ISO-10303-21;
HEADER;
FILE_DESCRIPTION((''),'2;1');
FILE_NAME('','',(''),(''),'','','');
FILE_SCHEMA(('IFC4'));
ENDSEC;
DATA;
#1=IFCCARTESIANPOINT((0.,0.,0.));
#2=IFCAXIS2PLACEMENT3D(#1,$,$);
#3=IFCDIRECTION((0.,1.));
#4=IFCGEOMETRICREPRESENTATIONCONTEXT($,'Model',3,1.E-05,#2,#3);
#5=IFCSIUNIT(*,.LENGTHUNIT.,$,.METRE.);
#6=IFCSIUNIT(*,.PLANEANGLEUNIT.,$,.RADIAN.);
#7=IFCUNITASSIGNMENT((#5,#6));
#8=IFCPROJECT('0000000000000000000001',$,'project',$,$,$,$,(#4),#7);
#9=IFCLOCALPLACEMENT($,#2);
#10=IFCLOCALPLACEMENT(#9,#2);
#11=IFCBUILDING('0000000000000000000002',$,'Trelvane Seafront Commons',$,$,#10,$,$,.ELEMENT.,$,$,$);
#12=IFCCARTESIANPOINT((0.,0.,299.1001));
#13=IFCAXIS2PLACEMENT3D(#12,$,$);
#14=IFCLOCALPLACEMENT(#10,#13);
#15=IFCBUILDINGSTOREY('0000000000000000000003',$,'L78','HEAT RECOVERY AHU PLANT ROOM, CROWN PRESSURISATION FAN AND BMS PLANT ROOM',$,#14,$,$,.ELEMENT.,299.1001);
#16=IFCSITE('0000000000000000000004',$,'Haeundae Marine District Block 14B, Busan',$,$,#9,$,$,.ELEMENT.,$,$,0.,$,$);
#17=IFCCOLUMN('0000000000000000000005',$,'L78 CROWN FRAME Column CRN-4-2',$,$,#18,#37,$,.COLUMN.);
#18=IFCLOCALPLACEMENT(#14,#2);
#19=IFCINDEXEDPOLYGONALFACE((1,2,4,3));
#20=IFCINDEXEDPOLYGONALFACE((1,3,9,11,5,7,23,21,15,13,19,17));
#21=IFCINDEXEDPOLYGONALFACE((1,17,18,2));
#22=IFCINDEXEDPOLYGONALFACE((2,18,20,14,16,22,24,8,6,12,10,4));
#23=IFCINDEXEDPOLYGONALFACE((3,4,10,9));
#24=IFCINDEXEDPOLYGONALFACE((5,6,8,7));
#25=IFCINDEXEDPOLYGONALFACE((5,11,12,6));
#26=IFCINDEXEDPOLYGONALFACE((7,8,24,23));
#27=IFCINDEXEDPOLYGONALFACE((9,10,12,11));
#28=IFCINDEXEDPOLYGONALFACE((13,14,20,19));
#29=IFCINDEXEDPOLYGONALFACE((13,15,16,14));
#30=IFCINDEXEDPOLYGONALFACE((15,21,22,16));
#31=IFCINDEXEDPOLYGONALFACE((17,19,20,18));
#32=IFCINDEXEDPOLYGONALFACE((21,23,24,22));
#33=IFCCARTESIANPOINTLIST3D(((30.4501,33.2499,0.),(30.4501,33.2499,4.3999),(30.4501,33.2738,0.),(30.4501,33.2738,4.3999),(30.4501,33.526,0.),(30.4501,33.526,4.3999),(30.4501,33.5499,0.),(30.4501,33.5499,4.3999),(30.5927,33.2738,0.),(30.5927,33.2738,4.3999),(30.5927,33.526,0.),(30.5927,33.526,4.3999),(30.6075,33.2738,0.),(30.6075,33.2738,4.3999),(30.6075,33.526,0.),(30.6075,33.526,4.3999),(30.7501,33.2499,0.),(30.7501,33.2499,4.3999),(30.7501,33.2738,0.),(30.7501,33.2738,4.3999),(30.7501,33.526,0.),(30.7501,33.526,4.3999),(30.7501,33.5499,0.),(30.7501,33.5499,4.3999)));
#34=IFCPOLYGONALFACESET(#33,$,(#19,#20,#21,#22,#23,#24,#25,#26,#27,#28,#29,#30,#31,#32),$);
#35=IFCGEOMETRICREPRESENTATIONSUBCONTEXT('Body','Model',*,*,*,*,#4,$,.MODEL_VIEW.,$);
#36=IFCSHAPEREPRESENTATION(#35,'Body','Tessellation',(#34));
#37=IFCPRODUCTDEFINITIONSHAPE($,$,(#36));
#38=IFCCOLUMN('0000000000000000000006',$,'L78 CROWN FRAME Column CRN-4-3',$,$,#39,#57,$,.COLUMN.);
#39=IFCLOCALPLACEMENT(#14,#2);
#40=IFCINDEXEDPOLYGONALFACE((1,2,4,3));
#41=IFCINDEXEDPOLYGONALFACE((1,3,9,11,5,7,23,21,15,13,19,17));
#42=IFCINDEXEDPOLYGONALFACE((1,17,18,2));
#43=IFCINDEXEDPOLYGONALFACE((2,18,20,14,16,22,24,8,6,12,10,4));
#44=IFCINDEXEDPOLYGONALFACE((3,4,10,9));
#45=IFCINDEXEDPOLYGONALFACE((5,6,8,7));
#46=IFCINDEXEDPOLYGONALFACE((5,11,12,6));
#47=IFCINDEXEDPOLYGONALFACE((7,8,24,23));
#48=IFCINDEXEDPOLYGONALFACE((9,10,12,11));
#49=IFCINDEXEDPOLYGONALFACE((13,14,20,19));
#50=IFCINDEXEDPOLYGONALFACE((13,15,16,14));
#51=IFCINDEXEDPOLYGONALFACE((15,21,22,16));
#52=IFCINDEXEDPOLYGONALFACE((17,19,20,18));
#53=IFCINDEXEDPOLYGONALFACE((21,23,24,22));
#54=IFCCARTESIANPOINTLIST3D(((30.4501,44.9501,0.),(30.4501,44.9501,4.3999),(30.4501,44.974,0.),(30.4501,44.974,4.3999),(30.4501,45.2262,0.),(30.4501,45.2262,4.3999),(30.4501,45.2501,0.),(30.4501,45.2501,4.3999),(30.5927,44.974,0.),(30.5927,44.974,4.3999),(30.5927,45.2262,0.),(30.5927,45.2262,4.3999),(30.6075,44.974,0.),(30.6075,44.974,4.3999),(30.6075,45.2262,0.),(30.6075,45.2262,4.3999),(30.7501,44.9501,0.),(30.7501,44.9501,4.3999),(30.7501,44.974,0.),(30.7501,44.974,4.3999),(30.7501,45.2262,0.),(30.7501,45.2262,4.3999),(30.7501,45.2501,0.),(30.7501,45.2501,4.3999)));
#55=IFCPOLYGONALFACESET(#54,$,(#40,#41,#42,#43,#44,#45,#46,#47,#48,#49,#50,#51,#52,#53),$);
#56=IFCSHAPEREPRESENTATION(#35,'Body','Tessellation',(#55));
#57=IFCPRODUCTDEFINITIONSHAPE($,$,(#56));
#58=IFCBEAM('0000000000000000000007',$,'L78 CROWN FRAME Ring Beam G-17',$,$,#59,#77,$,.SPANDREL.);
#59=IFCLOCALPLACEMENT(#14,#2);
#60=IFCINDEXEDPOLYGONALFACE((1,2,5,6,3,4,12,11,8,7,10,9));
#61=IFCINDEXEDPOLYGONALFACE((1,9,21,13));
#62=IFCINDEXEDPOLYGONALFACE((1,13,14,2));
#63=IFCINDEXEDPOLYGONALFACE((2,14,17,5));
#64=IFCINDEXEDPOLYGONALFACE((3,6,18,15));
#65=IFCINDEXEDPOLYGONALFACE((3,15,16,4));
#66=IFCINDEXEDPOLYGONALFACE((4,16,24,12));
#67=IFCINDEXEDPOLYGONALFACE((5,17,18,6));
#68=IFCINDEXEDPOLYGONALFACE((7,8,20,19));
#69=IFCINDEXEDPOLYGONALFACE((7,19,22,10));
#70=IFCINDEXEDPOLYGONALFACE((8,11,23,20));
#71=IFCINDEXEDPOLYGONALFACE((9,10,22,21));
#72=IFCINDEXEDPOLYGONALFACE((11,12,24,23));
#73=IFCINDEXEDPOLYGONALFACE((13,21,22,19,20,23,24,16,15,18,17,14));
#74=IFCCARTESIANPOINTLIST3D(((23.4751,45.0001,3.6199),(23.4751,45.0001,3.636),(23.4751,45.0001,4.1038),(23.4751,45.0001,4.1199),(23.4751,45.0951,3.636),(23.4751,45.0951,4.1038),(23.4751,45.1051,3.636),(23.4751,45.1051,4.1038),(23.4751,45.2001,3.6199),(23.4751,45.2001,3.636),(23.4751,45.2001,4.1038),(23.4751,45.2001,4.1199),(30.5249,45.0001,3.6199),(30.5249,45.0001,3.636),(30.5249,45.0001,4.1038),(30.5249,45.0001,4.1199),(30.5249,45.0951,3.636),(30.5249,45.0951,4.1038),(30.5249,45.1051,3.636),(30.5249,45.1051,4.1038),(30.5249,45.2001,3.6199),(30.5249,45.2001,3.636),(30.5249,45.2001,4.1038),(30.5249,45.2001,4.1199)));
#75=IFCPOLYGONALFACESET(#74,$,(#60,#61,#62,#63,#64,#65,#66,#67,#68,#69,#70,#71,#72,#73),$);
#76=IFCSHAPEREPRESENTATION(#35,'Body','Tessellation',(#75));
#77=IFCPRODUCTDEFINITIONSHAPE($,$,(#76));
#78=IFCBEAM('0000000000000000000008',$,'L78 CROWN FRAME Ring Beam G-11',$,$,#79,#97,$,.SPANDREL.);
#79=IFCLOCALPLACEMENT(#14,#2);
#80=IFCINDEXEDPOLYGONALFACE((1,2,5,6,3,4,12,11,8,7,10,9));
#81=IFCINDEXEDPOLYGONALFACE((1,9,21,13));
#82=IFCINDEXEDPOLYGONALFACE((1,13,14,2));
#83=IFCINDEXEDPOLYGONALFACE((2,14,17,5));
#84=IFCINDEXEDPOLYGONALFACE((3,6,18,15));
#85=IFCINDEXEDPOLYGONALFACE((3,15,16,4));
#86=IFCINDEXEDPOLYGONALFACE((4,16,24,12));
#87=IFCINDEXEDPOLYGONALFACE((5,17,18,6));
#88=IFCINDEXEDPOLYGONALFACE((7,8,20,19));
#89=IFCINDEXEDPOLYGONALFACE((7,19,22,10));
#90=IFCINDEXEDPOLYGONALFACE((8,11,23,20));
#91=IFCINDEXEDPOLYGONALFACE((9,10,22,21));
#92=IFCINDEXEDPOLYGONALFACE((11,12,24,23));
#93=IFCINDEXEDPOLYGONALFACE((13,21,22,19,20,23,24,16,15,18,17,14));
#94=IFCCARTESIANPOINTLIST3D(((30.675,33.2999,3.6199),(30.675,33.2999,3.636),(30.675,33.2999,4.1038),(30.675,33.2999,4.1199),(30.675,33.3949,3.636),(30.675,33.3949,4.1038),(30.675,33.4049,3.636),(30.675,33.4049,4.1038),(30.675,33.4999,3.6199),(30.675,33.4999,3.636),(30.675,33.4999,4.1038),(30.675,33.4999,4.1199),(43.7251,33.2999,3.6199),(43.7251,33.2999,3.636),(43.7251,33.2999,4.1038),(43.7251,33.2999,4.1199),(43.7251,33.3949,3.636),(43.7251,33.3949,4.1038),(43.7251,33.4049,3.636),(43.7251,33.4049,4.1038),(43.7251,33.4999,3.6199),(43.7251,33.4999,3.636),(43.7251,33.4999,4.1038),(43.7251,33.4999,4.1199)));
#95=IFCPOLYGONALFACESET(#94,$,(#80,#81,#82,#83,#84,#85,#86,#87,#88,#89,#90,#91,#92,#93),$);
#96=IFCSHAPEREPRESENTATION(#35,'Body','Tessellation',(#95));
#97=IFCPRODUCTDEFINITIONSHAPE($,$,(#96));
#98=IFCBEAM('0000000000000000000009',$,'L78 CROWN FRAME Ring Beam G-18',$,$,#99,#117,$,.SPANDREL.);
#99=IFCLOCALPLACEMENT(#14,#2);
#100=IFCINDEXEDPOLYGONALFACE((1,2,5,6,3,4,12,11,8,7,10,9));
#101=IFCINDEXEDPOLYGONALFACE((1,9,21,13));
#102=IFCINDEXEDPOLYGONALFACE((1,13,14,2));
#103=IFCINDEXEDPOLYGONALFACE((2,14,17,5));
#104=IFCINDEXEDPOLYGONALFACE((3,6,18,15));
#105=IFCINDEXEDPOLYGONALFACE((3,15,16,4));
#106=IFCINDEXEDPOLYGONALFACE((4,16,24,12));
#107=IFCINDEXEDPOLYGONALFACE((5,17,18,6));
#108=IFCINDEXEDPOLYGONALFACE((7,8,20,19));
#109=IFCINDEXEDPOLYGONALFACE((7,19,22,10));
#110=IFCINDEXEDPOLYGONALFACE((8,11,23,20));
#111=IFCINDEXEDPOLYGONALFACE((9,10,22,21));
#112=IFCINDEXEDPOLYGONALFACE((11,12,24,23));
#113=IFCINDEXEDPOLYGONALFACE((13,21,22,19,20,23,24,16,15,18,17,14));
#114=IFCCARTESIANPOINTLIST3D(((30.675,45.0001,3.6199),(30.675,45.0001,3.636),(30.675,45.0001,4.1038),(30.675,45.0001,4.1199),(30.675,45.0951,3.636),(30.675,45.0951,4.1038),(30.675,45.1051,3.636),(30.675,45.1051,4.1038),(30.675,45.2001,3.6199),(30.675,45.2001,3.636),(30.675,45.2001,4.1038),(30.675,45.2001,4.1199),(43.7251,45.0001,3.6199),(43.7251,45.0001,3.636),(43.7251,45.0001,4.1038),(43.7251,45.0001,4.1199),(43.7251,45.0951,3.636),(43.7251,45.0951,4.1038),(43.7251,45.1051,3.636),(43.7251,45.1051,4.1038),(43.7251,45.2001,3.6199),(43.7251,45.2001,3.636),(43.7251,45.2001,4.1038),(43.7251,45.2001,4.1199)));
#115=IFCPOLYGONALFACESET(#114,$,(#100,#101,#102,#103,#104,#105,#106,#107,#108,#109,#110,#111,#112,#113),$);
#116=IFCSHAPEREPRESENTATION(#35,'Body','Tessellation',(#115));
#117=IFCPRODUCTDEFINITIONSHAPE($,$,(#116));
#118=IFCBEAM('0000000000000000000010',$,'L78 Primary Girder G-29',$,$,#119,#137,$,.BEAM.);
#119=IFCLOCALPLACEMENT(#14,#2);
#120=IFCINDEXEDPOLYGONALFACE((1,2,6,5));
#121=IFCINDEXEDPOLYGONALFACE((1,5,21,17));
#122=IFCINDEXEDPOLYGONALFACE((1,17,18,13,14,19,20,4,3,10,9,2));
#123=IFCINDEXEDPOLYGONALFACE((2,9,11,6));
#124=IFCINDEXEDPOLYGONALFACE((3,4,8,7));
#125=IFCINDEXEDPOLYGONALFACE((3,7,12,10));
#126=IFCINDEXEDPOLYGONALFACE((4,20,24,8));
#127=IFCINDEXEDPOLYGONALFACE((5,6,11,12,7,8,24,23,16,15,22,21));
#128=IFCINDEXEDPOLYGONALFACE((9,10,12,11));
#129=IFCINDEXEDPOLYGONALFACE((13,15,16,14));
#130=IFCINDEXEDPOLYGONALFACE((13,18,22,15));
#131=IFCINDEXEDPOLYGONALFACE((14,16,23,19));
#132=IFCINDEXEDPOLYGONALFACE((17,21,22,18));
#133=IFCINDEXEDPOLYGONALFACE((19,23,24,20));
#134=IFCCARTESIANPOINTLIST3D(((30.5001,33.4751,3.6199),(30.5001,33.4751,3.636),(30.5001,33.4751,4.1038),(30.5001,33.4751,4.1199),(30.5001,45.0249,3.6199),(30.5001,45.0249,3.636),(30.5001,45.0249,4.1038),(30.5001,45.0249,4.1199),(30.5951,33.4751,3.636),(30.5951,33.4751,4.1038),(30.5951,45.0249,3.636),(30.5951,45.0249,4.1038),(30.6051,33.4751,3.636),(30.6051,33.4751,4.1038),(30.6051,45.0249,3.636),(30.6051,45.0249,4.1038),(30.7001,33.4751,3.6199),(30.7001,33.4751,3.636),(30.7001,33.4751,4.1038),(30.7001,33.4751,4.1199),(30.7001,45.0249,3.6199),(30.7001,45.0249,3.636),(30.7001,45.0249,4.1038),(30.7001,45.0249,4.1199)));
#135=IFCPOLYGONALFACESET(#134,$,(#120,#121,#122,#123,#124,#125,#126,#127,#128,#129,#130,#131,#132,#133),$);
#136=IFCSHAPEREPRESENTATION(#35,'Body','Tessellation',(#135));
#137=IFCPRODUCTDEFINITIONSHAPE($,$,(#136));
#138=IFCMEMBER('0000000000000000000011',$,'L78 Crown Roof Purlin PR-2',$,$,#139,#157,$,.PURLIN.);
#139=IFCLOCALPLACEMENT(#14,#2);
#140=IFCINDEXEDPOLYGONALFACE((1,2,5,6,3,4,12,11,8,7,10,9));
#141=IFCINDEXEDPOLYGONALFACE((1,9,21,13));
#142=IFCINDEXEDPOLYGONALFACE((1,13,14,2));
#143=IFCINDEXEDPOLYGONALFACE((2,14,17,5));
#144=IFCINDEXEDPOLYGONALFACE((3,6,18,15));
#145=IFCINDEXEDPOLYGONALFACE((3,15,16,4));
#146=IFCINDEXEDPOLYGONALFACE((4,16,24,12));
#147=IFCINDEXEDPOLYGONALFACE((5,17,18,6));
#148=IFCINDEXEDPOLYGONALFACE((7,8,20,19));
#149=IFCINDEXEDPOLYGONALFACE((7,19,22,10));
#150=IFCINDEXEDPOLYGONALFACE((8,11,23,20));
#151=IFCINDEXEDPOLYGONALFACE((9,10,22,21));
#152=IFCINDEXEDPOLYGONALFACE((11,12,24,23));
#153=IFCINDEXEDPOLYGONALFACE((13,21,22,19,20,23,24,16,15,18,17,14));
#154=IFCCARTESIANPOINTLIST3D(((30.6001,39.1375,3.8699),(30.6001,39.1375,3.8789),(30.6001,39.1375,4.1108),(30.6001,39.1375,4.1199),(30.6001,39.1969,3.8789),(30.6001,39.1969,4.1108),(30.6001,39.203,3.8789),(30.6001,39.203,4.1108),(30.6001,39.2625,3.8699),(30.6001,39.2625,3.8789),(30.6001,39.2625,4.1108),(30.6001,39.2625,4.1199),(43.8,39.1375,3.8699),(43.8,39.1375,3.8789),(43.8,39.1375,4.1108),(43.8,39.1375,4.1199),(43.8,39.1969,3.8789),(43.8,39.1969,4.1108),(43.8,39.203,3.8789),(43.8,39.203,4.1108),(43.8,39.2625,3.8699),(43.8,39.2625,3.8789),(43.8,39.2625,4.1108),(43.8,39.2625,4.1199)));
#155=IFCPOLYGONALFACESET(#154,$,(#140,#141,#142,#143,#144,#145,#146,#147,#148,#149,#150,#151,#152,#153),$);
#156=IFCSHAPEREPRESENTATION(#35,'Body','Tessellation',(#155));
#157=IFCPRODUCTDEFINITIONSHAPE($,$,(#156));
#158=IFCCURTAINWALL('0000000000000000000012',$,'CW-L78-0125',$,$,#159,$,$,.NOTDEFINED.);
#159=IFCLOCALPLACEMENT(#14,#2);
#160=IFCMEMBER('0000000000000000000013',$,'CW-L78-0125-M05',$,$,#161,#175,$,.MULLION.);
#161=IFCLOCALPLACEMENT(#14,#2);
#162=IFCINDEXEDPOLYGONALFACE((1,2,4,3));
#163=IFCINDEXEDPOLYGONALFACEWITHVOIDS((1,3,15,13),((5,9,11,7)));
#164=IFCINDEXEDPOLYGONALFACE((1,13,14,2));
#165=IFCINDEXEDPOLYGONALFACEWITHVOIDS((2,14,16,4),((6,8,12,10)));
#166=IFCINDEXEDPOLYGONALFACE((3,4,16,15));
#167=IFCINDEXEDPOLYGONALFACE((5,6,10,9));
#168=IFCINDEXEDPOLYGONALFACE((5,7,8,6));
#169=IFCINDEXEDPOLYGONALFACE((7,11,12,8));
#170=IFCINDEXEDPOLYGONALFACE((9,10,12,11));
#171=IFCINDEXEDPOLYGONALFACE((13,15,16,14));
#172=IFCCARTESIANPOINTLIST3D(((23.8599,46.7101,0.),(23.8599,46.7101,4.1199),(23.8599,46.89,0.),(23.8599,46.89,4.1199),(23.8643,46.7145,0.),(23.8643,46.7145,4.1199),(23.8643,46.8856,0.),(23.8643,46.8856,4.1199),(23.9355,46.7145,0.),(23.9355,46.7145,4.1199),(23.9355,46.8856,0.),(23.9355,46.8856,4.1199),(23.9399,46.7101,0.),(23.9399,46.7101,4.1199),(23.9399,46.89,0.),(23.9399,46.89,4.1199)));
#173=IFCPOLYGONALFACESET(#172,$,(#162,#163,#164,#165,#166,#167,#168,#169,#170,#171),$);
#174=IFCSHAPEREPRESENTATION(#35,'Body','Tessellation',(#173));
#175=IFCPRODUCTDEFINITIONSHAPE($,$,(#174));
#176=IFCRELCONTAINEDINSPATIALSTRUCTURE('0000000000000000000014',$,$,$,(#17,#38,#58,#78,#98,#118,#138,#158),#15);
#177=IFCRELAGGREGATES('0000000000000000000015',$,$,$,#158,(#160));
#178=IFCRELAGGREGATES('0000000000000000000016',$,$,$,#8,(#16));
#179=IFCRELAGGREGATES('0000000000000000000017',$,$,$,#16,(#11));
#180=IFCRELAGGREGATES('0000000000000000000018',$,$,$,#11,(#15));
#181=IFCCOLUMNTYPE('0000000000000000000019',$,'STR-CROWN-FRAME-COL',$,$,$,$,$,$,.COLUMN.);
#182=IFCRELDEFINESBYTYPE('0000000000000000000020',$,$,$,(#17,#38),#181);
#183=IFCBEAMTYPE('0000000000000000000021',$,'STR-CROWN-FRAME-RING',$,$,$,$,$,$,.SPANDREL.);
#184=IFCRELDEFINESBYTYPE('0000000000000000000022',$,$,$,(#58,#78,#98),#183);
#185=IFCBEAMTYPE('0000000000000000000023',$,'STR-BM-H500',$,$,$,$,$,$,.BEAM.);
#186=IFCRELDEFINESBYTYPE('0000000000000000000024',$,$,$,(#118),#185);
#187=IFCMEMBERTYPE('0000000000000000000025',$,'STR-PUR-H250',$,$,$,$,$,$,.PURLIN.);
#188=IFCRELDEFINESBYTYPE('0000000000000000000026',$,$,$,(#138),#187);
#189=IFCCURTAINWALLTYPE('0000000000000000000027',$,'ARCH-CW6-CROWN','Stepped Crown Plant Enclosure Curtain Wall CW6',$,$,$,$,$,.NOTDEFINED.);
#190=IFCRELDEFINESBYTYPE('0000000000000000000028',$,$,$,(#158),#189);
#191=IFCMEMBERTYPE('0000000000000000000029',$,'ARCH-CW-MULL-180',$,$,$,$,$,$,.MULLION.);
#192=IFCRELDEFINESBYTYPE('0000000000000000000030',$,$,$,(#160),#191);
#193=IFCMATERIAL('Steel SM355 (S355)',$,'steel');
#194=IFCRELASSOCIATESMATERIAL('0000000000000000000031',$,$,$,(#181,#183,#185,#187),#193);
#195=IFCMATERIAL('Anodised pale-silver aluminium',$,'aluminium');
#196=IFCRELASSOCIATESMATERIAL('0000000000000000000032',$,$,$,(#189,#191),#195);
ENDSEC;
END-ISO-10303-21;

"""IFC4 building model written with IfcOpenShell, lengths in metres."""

from ifc_helpers import new_model, si_unit, direction, frame, origin, origin_2d, place, context, subcontext, project, spatial, hollow_rectangle, i_section, extrude, source, transform, mapped, material, material_profile, profile_set, type_object, element, aggregate, save


model = new_model("IFC4")

# Units and contexts
model_context = context("Model", 3, precision=1e-05, world=origin(), true_north=direction((0.0, 1.0)))
body_context = subcontext(model_context, "Body", "Model", "MODEL_VIEW")
ifc_project = project(units=[si_unit("LENGTHUNIT", "METRE"), si_unit("PLANEANGLEUNIT", "RADIAN")], contexts=[model_context])

# Site, building, storey
site_placement = place(None, origin())
site = spatial("IfcSite", under=ifc_project, at=site_placement, Name="Haeundae Marine District Block 14B, Busan", CompositionType="ELEMENT", RefElevation=0.0)
building_placement = place(site_placement, origin())
building = spatial("IfcBuilding", under=site, at=building_placement, Name="Trelvane Seafront Commons", CompositionType="ELEMENT")
storey_placement = place(building_placement, frame((0.0, 0.0, 299.1001)))
storey = spatial("IfcBuildingStorey", under=building, at=storey_placement, Name="L78", Description="HEAT RECOVERY AHU PLANT ROOM, CROWN PRESSURISATION FAN AND BMS PLANT ROOM", CompositionType="ELEMENT", Elevation=299.1001)

# Columns
ifc_material_1 = material(Name="Steel SM355 (S355)", Category="steel")
ifc_material_profile_1 = material_profile(ifc_material_1, i_section(OverallWidth=0.3, OverallDepth=0.3, WebThickness=0.0149, FlangeThickness=0.0239, at=origin_2d()), Name="HD-300x300x15x24")
ifc_profile_set_1 = profile_set([ifc_material_profile_1], Name="Steel SM355 (S355)")
column_type = type_object("IfcColumnType", Name="STR-CROWN-FRAME-COL", PredefinedType="COLUMN", material=ifc_profile_set_1)
shared_shape_1 = source(origin(), body_context, "Body", "SweptSolid", [
    extrude(i_section(OverallWidth=0.3, OverallDepth=0.3, WebThickness=0.0149, FlangeThickness=0.0239, at=origin_2d()), origin(), (0.0, 0.0, 1.0), 4.3999),
])
for number, where, z_axis, x_axis, name in (
    (1, (30.6001, 33.3999, 0.0), (0.0, 0.0, 1.0), (1.0, 0.0, 0.0), "L78 CROWN FRAME Column CRN-4-2"),
    (2, (30.6001, 45.1001, 0.0), (0.0, 0.0, 1.0), (1.0, 0.0, 0.0), "L78 CROWN FRAME Column CRN-4-3"),
):
    element("IfcColumn", number, at=place(storey_placement, frame(where, z_axis=z_axis, x_axis=x_axis)), inside=storey, type_object=column_type, Name=name, PredefinedType="COLUMN", context=body_context, shape_type="MappedRepresentation", body=[
        mapped(shared_shape_1, transform((0.0, 0.0, 0.0), x_axis=(1.0, 0.0, 0.0), y_axis=(0.0, 1.0, 0.0), z_axis=(0.0, 0.0, 1.0), scale=1.0)),
    ])

# Beams
ifc_material_profile_2 = material_profile(ifc_material_1, i_section(OverallWidth=0.2, OverallDepth=0.5, WebThickness=0.01, FlangeThickness=0.0161, at=origin_2d()), Name="H-500x200x10x16")
ifc_profile_set_2 = profile_set([ifc_material_profile_2], Name="Steel SM355 (S355)")
beam_type_1 = type_object("IfcBeamType", Name="STR-CROWN-FRAME-RING", PredefinedType="SPANDREL", material=ifc_profile_set_2)
shared_shape_2 = source(origin(), body_context, "Body", "SweptSolid", [
    extrude(i_section(OverallWidth=0.2, OverallDepth=0.5, WebThickness=0.01, FlangeThickness=0.0161, at=origin_2d()), origin(), (0.0, 0.0, 1.0), 7.0498),
])
beam_1_placement = place(storey_placement, frame((23.4751, 45.1001, 3.8699), z_axis=(1.0, 0.0, 0.0), x_axis=(0.0, 1.0, 0.0)))
element("IfcBeam", 3, at=beam_1_placement, inside=storey, type_object=beam_type_1, Name="L78 CROWN FRAME Ring Beam G-17", PredefinedType="SPANDREL", context=body_context, shape_type="MappedRepresentation", body=[
    mapped(shared_shape_2, transform((0.0, 0.0, 0.0), x_axis=(1.0, 0.0, 0.0), y_axis=(0.0, 1.0, 0.0), z_axis=(0.0, 0.0, 1.0), scale=1.0)),
])
shared_shape_3 = source(origin(), body_context, "Body", "SweptSolid", [
    extrude(i_section(OverallWidth=0.2, OverallDepth=0.5, WebThickness=0.01, FlangeThickness=0.0161, at=origin_2d()), origin(), (0.0, 0.0, 1.0), 13.05),
])
for number, where, z_axis, x_axis, name in (
    (4, (30.675, 33.3999, 3.8699), (1.0, 0.0, 0.0), (0.0, 1.0, 0.0), "L78 CROWN FRAME Ring Beam G-11"),
    (5, (30.675, 45.1001, 3.8699), (1.0, 0.0, 0.0), (0.0, 1.0, 0.0), "L78 CROWN FRAME Ring Beam G-18"),
):
    element("IfcBeam", number, at=place(storey_placement, frame(where, z_axis=z_axis, x_axis=x_axis)), inside=storey, type_object=beam_type_1, Name=name, PredefinedType="SPANDREL", context=body_context, shape_type="MappedRepresentation", body=[
        mapped(shared_shape_3, transform((0.0, 0.0, 0.0), x_axis=(1.0, 0.0, 0.0), y_axis=(0.0, 1.0, 0.0), z_axis=(0.0, 0.0, 1.0), scale=1.0)),
    ])
ifc_material_profile_3 = material_profile(ifc_material_1, i_section(OverallWidth=0.2, OverallDepth=0.5, WebThickness=0.01, FlangeThickness=0.0161, at=origin_2d()), Name="H-500x200x10x16")
ifc_profile_set_3 = profile_set([ifc_material_profile_3], Name="Steel SM355 (S355)")
beam_type_2 = type_object("IfcBeamType", Name="STR-BM-H500", PredefinedType="BEAM", material=ifc_profile_set_3)
shared_shape_4 = source(origin(), body_context, "Body", "SweptSolid", [
    extrude(i_section(OverallWidth=0.2, OverallDepth=0.5, WebThickness=0.01, FlangeThickness=0.0161, at=origin_2d()), origin(), (0.0, 0.0, 1.0), 11.5498),
])
beam_2_placement = place(storey_placement, frame((30.6001, 33.4751, 3.8699), z_axis=(0.0, 1.0, 0.0), x_axis=(-1.0, 0.0, 0.0)))
element("IfcBeam", 6, at=beam_2_placement, inside=storey, type_object=beam_type_2, Name="L78 Primary Girder G-29", PredefinedType="BEAM", context=body_context, shape_type="MappedRepresentation", body=[
    mapped(shared_shape_4, transform((0.0, 0.0, 0.0), x_axis=(1.0, 0.0, 0.0), y_axis=(0.0, 1.0, 0.0), z_axis=(0.0, 0.0, 1.0), scale=1.0)),
])

# Member
ifc_material_profile_4 = material_profile(ifc_material_1, i_section(OverallWidth=0.125, OverallDepth=0.25, WebThickness=0.0061, FlangeThickness=0.009, at=origin_2d()), Name="H-250x125x6x9")
ifc_profile_set_4 = profile_set([ifc_material_profile_4], Name="Steel SM355 (S355)")
member_type_1 = type_object("IfcMemberType", Name="STR-PUR-H250", PredefinedType="PURLIN", material=ifc_profile_set_4)
shared_shape_5 = source(origin(), body_context, "Body", "SweptSolid", [
    extrude(i_section(OverallWidth=0.125, OverallDepth=0.25, WebThickness=0.0061, FlangeThickness=0.009, at=origin_2d()), origin(), (0.0, 0.0, 1.0), 13.2),
])
member_1_placement = place(storey_placement, frame((30.6001, 39.2, 3.9949), z_axis=(1.0, 0.0, 0.0), x_axis=(0.0, 1.0, 0.0)))
element("IfcMember", 7, at=member_1_placement, inside=storey, type_object=member_type_1, Name="L78 Crown Roof Purlin PR-2", PredefinedType="PURLIN", context=body_context, shape_type="MappedRepresentation", body=[
    mapped(shared_shape_5, transform((0.0, 0.0, 0.0), x_axis=(1.0, 0.0, 0.0), y_axis=(0.0, 1.0, 0.0), z_axis=(0.0, 0.0, 1.0), scale=1.0)),
])

# Curtain wall, member
ifc_material_2 = material(Name="Anodised pale-silver aluminium", Category="aluminium")
curtain_wall_type = type_object("IfcCurtainWallType", Name="ARCH-CW6-CROWN", Description="Stepped Crown Plant Enclosure Curtain Wall CW6", PredefinedType="NOTDEFINED", material=ifc_material_2)
curtain_wall_placement = place(storey_placement, origin())
curtain_wall = element("IfcCurtainWall", 8, at=curtain_wall_placement, inside=storey, type_object=curtain_wall_type, Name="CW-L78-0125", PredefinedType="NOTDEFINED")
ifc_material_profile_5 = material_profile(ifc_material_2, hollow_rectangle(XDim=0.0801, YDim=0.1799, WallThickness=0.0044, at=origin_2d()), Name="MULL-80x180x4.5")
ifc_profile_set_5 = profile_set([ifc_material_profile_5], Name="Anodised pale-silver aluminium")
member_type_2 = type_object("IfcMemberType", Name="ARCH-CW-MULL-180", PredefinedType="MULLION", material=ifc_profile_set_5)
shared_shape_6 = source(origin(), body_context, "Body", "SweptSolid", [
    extrude(hollow_rectangle(XDim=0.0801, YDim=0.1799, WallThickness=0.0044, at=origin_2d()), origin(), (0.0, 0.0, 1.0), 4.1199),
])
member_2_placement = place(storey_placement, frame((23.8999, 46.8, 0.0), z_axis=(0.0, 0.0, 1.0), x_axis=(1.0, 0.0, 0.0)))
member_2 = element("IfcMember", 9, at=member_2_placement, type_object=member_type_2, Name="CW-L78-0125-M05", PredefinedType="MULLION", context=body_context, shape_type="MappedRepresentation", body=[
    mapped(shared_shape_6, transform((0.0, 0.0, 0.0), x_axis=(1.0, 0.0, 0.0), y_axis=(0.0, 1.0, 0.0), z_axis=(0.0, 0.0, 1.0), scale=1.0)),
])

aggregate(curtain_wall, [member_2])

save(model, "model.ifc")
